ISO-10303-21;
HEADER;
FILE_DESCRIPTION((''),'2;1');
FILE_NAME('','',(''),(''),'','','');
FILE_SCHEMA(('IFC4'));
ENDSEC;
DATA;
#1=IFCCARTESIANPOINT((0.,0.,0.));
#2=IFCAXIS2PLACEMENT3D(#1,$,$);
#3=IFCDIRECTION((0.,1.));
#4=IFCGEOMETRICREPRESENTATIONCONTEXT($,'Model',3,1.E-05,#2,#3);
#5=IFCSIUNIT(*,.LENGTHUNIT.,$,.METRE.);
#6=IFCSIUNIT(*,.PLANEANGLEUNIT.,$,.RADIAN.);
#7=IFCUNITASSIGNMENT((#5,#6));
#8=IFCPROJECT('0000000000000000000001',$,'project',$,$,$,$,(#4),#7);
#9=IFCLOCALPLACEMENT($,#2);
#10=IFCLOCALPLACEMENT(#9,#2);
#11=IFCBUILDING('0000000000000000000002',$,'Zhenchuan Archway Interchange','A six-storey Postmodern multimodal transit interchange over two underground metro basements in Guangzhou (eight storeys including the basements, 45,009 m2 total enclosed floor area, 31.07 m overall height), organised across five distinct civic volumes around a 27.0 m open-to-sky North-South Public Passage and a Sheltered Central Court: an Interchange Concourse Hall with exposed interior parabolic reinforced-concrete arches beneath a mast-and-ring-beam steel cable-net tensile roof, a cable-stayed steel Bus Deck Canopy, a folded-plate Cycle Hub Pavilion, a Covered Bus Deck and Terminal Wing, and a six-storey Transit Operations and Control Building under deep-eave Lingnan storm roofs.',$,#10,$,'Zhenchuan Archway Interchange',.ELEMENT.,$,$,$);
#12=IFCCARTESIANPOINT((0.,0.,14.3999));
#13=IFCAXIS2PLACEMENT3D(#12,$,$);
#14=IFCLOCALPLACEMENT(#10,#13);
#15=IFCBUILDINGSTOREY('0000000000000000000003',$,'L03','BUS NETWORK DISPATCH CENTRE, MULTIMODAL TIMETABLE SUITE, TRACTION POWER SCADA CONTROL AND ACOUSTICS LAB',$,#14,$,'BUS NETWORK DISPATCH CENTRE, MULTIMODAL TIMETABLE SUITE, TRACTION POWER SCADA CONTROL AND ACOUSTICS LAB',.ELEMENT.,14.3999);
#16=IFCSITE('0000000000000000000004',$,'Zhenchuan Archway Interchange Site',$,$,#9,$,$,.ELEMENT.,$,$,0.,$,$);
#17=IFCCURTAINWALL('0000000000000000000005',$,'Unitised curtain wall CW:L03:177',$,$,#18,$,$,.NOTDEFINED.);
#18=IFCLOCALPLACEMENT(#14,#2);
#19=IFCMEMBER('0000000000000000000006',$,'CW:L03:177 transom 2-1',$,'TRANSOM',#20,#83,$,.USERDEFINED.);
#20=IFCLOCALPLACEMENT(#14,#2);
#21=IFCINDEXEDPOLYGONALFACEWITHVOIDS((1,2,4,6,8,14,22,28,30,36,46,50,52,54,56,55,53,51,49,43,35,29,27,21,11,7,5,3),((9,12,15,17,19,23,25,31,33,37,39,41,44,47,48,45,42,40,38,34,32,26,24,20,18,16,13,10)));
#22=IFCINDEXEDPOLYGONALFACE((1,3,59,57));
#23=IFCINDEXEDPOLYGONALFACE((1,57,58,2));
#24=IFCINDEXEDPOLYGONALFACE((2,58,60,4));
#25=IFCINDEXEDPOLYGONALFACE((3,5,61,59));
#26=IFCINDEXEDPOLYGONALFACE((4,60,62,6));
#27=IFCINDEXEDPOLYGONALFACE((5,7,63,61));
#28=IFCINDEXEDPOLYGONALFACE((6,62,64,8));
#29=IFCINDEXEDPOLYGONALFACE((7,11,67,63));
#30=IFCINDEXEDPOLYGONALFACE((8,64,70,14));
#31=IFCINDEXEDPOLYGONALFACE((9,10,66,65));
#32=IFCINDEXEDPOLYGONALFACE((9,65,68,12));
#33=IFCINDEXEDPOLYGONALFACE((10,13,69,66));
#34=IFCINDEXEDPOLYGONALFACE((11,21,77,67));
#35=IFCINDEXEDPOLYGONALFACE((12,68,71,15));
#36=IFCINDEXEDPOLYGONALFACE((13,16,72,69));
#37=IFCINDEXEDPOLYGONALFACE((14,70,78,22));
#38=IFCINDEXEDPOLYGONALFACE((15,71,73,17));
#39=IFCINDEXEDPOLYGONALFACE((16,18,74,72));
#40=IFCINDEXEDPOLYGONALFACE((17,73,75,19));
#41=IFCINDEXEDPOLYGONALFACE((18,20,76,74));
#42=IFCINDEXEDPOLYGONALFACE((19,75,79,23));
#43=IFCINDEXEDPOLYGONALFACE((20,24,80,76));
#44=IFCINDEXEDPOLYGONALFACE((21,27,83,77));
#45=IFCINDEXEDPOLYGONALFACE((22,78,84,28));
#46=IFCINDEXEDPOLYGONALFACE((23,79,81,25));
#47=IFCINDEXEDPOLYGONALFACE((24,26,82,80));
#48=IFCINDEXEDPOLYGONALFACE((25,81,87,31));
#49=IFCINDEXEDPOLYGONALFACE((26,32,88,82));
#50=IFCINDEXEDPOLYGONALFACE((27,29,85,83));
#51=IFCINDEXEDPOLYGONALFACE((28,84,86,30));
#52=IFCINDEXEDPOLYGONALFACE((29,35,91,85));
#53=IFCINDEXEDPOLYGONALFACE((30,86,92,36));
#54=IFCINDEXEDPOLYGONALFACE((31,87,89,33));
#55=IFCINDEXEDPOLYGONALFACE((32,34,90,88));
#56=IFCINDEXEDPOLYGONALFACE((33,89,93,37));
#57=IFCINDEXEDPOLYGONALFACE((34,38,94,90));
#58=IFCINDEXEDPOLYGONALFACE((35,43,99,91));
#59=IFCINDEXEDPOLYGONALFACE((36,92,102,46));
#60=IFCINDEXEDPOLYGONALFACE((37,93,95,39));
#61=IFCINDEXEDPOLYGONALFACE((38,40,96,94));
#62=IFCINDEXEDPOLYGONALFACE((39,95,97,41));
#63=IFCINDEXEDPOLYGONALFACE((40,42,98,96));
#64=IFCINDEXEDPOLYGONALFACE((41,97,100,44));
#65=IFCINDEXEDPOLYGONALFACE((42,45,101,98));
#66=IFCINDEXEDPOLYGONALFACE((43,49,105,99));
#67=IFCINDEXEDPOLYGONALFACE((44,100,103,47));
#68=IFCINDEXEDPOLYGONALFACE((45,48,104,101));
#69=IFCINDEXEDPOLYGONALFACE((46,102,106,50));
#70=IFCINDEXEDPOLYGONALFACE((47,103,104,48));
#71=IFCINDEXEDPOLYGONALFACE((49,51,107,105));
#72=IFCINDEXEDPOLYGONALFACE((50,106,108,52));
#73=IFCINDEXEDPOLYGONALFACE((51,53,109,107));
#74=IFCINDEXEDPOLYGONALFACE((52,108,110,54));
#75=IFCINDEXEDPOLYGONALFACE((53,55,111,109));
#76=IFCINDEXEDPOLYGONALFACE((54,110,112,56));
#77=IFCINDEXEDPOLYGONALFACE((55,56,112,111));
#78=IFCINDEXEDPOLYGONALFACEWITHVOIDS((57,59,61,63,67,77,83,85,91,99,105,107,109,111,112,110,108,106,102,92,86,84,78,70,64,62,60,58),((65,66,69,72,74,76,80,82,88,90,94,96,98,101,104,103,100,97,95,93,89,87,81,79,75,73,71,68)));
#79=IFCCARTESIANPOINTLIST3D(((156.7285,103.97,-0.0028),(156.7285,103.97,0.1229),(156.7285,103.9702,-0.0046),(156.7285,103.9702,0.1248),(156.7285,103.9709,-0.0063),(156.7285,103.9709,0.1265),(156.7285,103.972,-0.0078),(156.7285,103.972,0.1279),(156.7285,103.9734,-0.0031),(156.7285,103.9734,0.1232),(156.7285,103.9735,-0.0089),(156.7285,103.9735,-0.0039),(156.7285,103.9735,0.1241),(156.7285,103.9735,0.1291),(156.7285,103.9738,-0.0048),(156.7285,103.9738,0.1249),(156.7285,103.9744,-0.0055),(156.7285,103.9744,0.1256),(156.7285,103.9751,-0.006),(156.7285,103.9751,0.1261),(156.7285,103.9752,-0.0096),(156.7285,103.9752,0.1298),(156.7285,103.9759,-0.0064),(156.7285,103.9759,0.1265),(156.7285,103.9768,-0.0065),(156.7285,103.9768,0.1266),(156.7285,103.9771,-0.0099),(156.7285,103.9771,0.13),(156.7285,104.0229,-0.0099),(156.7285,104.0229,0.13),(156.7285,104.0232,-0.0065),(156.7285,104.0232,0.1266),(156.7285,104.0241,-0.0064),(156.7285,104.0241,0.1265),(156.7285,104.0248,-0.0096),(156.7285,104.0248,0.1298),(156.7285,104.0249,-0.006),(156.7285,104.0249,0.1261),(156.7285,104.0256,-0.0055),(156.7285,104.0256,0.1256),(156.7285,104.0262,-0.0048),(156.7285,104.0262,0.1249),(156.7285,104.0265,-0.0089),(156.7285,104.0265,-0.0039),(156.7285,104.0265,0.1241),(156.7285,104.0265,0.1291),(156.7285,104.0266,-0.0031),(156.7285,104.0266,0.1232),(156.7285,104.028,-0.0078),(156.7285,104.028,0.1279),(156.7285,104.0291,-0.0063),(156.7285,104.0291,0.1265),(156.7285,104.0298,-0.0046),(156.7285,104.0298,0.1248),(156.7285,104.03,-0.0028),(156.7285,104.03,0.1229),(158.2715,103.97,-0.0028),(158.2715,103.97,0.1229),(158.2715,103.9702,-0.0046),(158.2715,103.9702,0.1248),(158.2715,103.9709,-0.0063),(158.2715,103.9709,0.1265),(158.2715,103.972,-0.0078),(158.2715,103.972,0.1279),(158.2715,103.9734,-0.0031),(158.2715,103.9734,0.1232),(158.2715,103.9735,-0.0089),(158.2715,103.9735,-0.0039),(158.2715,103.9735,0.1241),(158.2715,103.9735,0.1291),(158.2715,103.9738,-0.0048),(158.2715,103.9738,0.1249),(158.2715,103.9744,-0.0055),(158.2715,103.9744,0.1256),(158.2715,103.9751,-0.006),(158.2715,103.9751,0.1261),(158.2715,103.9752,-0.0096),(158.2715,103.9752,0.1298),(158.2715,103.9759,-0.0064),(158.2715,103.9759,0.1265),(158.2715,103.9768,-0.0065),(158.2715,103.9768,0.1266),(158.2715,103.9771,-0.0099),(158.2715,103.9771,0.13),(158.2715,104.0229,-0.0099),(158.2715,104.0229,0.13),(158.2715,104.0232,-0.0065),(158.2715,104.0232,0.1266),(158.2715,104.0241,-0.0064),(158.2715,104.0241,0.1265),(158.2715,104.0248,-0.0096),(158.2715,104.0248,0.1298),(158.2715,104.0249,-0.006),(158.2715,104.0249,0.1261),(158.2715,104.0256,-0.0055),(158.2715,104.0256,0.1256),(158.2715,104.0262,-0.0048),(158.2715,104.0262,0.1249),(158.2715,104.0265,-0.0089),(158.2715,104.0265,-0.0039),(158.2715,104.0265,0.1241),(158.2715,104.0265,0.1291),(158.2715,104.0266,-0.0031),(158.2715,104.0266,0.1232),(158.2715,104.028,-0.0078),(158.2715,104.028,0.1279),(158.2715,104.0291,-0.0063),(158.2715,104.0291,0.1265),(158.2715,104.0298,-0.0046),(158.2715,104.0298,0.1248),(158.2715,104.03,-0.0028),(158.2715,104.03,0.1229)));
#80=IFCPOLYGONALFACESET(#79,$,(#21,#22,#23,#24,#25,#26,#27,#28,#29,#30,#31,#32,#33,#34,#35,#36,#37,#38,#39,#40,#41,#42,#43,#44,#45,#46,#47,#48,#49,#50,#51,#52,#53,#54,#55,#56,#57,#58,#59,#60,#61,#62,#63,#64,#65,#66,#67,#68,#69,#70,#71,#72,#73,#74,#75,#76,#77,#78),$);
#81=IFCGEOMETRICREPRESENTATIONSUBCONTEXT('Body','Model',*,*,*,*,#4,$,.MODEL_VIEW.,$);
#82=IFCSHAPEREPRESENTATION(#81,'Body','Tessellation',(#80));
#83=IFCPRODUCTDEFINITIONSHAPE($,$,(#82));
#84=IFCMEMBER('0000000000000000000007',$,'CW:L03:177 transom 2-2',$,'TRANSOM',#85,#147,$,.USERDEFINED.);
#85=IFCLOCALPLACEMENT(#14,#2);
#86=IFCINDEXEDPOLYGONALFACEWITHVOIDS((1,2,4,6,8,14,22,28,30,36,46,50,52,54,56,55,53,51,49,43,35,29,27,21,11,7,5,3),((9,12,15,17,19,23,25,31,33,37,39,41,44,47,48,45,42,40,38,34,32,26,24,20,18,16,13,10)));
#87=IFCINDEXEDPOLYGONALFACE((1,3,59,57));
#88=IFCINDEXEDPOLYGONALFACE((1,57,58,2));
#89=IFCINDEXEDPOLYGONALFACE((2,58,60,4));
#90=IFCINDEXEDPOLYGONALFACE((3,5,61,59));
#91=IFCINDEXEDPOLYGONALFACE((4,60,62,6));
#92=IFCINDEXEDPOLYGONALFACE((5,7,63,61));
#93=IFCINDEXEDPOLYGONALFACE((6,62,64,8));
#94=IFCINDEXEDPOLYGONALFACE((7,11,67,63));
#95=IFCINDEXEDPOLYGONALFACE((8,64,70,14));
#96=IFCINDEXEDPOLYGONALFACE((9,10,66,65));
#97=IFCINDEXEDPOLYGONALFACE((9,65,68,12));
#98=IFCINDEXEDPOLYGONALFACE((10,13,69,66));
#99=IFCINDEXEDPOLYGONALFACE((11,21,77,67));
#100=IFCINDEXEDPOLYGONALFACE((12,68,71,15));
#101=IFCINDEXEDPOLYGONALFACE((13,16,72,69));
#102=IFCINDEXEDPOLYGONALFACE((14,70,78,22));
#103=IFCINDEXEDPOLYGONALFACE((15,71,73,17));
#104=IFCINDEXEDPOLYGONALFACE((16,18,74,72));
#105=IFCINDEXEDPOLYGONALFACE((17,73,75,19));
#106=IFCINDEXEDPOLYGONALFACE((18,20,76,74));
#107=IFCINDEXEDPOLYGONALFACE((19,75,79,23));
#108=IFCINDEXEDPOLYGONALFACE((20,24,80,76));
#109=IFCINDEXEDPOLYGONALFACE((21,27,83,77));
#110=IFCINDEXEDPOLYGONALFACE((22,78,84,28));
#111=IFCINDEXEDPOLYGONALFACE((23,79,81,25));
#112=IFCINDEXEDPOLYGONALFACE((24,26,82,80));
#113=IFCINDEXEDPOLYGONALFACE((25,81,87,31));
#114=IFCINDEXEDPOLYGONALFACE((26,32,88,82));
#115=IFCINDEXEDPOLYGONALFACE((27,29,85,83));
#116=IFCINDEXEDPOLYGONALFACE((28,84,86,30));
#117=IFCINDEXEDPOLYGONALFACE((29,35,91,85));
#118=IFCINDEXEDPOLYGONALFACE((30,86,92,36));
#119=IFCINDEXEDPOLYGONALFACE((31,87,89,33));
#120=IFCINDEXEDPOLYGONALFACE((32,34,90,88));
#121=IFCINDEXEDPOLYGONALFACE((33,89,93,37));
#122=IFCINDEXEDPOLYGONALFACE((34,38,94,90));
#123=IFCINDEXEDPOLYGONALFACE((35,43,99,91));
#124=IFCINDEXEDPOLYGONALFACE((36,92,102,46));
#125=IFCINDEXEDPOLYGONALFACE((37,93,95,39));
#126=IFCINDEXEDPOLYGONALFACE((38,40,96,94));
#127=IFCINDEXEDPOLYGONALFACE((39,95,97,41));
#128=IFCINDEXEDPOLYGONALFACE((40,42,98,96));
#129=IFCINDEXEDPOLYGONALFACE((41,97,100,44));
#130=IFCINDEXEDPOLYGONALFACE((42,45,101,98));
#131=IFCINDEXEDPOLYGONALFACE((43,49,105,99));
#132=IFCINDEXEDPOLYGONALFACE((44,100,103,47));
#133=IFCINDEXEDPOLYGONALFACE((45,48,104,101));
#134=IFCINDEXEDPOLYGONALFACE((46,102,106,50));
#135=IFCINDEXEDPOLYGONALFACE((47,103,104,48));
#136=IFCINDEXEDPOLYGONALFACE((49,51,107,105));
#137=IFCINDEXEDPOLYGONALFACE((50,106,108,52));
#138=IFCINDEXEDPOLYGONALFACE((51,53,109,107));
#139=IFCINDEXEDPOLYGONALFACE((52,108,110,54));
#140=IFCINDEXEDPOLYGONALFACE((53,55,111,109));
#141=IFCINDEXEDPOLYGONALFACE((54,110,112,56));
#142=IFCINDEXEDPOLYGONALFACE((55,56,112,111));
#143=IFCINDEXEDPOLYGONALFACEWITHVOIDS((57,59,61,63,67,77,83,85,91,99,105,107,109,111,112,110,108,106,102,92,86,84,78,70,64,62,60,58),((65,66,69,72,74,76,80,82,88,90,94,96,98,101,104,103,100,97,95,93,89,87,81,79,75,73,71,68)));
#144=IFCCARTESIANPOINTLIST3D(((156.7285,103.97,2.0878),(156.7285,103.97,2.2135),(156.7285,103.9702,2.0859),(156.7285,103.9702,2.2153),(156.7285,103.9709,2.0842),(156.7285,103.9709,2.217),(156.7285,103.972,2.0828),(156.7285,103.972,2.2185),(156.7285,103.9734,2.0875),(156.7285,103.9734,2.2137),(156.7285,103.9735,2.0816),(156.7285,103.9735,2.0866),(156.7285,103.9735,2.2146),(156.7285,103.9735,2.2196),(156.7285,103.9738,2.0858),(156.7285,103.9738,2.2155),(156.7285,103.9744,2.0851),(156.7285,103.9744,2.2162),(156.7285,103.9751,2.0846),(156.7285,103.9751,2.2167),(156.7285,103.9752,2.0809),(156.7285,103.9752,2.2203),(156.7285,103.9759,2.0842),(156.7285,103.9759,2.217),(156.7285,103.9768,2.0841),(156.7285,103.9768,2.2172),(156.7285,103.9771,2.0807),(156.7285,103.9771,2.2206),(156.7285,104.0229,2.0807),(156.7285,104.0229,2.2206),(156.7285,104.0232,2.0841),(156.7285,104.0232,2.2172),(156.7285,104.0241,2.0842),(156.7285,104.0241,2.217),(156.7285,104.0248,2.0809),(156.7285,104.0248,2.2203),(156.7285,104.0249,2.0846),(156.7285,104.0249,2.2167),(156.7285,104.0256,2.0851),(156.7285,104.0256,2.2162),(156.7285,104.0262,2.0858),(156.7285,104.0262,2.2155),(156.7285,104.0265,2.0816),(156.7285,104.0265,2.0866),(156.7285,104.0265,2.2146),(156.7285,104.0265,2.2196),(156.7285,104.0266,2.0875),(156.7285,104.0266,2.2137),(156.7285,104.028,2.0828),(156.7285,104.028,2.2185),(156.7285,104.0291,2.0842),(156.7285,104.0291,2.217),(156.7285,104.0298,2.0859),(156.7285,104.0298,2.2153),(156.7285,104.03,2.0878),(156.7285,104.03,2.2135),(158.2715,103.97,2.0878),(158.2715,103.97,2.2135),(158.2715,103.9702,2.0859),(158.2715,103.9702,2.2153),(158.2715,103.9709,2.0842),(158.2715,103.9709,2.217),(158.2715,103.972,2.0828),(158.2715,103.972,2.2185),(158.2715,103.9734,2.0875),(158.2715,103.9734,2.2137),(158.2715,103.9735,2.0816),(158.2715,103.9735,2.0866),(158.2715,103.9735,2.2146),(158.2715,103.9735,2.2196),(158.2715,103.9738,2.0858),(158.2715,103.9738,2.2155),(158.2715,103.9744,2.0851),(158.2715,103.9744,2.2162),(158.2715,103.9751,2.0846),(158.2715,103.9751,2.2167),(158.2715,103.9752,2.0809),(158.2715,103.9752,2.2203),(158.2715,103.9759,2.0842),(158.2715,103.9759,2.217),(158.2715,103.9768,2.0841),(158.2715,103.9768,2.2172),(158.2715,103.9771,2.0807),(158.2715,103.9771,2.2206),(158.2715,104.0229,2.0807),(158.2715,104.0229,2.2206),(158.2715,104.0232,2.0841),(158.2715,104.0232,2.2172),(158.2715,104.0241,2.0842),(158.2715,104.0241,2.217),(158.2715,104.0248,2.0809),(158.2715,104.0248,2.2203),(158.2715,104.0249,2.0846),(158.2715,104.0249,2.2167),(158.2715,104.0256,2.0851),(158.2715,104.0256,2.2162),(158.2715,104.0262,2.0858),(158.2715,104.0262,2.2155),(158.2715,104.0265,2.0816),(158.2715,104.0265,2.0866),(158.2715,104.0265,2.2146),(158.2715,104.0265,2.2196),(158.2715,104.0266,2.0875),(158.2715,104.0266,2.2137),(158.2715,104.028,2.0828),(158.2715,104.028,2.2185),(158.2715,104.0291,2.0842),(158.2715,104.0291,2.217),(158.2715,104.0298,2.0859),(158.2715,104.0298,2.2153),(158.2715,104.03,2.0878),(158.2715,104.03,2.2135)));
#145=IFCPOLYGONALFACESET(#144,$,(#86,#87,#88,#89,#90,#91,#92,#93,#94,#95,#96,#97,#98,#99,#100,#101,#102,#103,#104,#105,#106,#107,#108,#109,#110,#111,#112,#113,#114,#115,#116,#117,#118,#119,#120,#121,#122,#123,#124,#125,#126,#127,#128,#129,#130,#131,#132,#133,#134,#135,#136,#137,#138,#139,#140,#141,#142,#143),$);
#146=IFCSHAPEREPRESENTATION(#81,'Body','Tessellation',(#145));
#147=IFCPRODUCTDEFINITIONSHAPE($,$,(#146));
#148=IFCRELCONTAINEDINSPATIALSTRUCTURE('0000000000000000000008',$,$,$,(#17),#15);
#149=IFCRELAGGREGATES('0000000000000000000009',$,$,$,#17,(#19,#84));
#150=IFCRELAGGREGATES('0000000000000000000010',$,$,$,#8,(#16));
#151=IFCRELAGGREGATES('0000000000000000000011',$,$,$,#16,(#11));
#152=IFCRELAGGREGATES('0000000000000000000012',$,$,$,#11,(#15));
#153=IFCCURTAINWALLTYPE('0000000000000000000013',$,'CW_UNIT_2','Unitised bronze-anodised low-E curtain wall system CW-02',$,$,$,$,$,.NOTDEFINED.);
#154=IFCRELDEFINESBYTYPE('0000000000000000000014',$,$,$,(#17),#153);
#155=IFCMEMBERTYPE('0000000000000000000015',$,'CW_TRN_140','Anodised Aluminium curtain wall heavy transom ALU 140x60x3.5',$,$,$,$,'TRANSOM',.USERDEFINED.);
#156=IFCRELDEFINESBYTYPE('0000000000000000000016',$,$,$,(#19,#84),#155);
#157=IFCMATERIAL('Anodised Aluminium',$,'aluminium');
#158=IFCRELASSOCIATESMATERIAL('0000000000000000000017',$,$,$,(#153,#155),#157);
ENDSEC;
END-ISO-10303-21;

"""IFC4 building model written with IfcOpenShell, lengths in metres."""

from ifc_helpers import new_model, si_unit, direction, frame, origin, origin_2d, place, context, subcontext, project, spatial, hollow_rectangle, extrude, material, material_profile, profile_set, type_object, element, aggregate, save


model = new_model("IFC4")

# Units and contexts
model_context = context("Model", 3, precision=1e-05, world=origin(), true_north=direction((0.0, 1.0)))
body_context = subcontext(model_context, "Body", "Model", "MODEL_VIEW")
ifc_project = project(units=[si_unit("LENGTHUNIT", "METRE"), si_unit("PLANEANGLEUNIT", "RADIAN")], contexts=[model_context])

# Site, building, storey
site_placement = place(None, origin())
site = spatial("IfcSite", under=ifc_project, at=site_placement, Name="Zhenchuan Archway Interchange Site", CompositionType="ELEMENT", RefElevation=0.0)
building_placement = place(site_placement, origin())
building = spatial("IfcBuilding", under=site, at=building_placement, Name="Zhenchuan Archway Interchange", Description="A six-storey Postmodern multimodal transit interchange over two underground metro basements in Guangzhou (eight storeys including the basements, 45,009 m2 total enclosed floor area, 31.07 m overall height), organised across five distinct civic volumes around a 27.0 m open-to-sky North-South Public Passage and a Sheltered Central Court: an Interchange Concourse Hall with exposed interior parabolic reinforced-concrete arches beneath a mast-and-ring-beam steel cable-net tensile roof, a cable-stayed steel Bus Deck Canopy, a folded-plate Cycle Hub Pavilion, a Covered Bus Deck and Terminal Wing, and a six-storey Transit Operations and Control Building under deep-eave Lingnan storm roofs.", LongName="Zhenchuan Archway Interchange", CompositionType="ELEMENT")
storey_placement = place(building_placement, frame((0.0, 0.0, 14.3999)))
storey = spatial("IfcBuildingStorey", under=building, at=storey_placement, Name="L03", Description="BUS NETWORK DISPATCH CENTRE, MULTIMODAL TIMETABLE SUITE, TRACTION POWER SCADA CONTROL AND ACOUSTICS LAB", LongName="BUS NETWORK DISPATCH CENTRE, MULTIMODAL TIMETABLE SUITE, TRACTION POWER SCADA CONTROL AND ACOUSTICS LAB", CompositionType="ELEMENT", Elevation=14.3999)

# Curtain wall, members
ifc_material_1 = material(Name="Anodised Aluminium", Category="aluminium")
curtain_wall_type = type_object("IfcCurtainWallType", Name="CW_UNIT_2", Description="Unitised bronze-anodised low-E curtain wall system CW-02", PredefinedType="NOTDEFINED", material=ifc_material_1)
curtain_wall_placement = place(storey_placement, origin())
curtain_wall = element("IfcCurtainWall", 1, at=curtain_wall_placement, inside=storey, type_object=curtain_wall_type, Name="Unitised curtain wall CW:L03:177", PredefinedType="NOTDEFINED")
ifc_material_profile_1 = material_profile(ifc_material_1, hollow_rectangle(XDim=0.0601, YDim=0.1399, WallThickness=0.0034, InnerFilletRadius=0.0034, OuterFilletRadius=0.0071, at=origin_2d()), Name="ALU 140x60x3.5")
ifc_profile_set_1 = profile_set([ifc_material_profile_1], Name="Anodised Aluminium")
member_type_1 = type_object("IfcMemberType", Name="CW_TRN_140", Description="Anodised Aluminium curtain wall heavy transom ALU 140x60x3.5", ElementType="TRANSOM", PredefinedType="USERDEFINED", material=ifc_profile_set_1)
member_1_placement = place(storey_placement, frame((156.7285, 104.0, 0.0601), z_axis=(1.0, 0.0, 0.0), x_axis=(0.0, 1.0, 0.0)))
member_1 = element("IfcMember", 2, at=member_1_placement, type_object=member_type_1, Name="CW:L03:177 transom 2-1", ObjectType="TRANSOM", PredefinedType="USERDEFINED", context=body_context, shape_type="SweptSolid", body=[
    extrude(hollow_rectangle(XDim=0.0601, YDim=0.1399, WallThickness=0.0034, InnerFilletRadius=0.0034, OuterFilletRadius=0.0071, at=origin_2d()), origin(), (0.0, 0.0, 1.0), 1.543),
])
member_2_placement = place(storey_placement, frame((156.7285, 104.0, 2.1506), z_axis=(1.0, 0.0, 0.0), x_axis=(0.0, 1.0, 0.0)))
member_2 = element("IfcMember", 3, at=member_2_placement, type_object=member_type_1, Name="CW:L03:177 transom 2-2", ObjectType="TRANSOM", PredefinedType="USERDEFINED", context=body_context, shape_type="SweptSolid", body=[
    extrude(hollow_rectangle(XDim=0.0601, YDim=0.1399, WallThickness=0.0034, InnerFilletRadius=0.0034, OuterFilletRadius=0.0071, at=origin_2d()), origin(), (0.0, 0.0, 1.0), 1.543),
])

aggregate(curtain_wall, [member_1, member_2])

save(model, "model.ifc")
